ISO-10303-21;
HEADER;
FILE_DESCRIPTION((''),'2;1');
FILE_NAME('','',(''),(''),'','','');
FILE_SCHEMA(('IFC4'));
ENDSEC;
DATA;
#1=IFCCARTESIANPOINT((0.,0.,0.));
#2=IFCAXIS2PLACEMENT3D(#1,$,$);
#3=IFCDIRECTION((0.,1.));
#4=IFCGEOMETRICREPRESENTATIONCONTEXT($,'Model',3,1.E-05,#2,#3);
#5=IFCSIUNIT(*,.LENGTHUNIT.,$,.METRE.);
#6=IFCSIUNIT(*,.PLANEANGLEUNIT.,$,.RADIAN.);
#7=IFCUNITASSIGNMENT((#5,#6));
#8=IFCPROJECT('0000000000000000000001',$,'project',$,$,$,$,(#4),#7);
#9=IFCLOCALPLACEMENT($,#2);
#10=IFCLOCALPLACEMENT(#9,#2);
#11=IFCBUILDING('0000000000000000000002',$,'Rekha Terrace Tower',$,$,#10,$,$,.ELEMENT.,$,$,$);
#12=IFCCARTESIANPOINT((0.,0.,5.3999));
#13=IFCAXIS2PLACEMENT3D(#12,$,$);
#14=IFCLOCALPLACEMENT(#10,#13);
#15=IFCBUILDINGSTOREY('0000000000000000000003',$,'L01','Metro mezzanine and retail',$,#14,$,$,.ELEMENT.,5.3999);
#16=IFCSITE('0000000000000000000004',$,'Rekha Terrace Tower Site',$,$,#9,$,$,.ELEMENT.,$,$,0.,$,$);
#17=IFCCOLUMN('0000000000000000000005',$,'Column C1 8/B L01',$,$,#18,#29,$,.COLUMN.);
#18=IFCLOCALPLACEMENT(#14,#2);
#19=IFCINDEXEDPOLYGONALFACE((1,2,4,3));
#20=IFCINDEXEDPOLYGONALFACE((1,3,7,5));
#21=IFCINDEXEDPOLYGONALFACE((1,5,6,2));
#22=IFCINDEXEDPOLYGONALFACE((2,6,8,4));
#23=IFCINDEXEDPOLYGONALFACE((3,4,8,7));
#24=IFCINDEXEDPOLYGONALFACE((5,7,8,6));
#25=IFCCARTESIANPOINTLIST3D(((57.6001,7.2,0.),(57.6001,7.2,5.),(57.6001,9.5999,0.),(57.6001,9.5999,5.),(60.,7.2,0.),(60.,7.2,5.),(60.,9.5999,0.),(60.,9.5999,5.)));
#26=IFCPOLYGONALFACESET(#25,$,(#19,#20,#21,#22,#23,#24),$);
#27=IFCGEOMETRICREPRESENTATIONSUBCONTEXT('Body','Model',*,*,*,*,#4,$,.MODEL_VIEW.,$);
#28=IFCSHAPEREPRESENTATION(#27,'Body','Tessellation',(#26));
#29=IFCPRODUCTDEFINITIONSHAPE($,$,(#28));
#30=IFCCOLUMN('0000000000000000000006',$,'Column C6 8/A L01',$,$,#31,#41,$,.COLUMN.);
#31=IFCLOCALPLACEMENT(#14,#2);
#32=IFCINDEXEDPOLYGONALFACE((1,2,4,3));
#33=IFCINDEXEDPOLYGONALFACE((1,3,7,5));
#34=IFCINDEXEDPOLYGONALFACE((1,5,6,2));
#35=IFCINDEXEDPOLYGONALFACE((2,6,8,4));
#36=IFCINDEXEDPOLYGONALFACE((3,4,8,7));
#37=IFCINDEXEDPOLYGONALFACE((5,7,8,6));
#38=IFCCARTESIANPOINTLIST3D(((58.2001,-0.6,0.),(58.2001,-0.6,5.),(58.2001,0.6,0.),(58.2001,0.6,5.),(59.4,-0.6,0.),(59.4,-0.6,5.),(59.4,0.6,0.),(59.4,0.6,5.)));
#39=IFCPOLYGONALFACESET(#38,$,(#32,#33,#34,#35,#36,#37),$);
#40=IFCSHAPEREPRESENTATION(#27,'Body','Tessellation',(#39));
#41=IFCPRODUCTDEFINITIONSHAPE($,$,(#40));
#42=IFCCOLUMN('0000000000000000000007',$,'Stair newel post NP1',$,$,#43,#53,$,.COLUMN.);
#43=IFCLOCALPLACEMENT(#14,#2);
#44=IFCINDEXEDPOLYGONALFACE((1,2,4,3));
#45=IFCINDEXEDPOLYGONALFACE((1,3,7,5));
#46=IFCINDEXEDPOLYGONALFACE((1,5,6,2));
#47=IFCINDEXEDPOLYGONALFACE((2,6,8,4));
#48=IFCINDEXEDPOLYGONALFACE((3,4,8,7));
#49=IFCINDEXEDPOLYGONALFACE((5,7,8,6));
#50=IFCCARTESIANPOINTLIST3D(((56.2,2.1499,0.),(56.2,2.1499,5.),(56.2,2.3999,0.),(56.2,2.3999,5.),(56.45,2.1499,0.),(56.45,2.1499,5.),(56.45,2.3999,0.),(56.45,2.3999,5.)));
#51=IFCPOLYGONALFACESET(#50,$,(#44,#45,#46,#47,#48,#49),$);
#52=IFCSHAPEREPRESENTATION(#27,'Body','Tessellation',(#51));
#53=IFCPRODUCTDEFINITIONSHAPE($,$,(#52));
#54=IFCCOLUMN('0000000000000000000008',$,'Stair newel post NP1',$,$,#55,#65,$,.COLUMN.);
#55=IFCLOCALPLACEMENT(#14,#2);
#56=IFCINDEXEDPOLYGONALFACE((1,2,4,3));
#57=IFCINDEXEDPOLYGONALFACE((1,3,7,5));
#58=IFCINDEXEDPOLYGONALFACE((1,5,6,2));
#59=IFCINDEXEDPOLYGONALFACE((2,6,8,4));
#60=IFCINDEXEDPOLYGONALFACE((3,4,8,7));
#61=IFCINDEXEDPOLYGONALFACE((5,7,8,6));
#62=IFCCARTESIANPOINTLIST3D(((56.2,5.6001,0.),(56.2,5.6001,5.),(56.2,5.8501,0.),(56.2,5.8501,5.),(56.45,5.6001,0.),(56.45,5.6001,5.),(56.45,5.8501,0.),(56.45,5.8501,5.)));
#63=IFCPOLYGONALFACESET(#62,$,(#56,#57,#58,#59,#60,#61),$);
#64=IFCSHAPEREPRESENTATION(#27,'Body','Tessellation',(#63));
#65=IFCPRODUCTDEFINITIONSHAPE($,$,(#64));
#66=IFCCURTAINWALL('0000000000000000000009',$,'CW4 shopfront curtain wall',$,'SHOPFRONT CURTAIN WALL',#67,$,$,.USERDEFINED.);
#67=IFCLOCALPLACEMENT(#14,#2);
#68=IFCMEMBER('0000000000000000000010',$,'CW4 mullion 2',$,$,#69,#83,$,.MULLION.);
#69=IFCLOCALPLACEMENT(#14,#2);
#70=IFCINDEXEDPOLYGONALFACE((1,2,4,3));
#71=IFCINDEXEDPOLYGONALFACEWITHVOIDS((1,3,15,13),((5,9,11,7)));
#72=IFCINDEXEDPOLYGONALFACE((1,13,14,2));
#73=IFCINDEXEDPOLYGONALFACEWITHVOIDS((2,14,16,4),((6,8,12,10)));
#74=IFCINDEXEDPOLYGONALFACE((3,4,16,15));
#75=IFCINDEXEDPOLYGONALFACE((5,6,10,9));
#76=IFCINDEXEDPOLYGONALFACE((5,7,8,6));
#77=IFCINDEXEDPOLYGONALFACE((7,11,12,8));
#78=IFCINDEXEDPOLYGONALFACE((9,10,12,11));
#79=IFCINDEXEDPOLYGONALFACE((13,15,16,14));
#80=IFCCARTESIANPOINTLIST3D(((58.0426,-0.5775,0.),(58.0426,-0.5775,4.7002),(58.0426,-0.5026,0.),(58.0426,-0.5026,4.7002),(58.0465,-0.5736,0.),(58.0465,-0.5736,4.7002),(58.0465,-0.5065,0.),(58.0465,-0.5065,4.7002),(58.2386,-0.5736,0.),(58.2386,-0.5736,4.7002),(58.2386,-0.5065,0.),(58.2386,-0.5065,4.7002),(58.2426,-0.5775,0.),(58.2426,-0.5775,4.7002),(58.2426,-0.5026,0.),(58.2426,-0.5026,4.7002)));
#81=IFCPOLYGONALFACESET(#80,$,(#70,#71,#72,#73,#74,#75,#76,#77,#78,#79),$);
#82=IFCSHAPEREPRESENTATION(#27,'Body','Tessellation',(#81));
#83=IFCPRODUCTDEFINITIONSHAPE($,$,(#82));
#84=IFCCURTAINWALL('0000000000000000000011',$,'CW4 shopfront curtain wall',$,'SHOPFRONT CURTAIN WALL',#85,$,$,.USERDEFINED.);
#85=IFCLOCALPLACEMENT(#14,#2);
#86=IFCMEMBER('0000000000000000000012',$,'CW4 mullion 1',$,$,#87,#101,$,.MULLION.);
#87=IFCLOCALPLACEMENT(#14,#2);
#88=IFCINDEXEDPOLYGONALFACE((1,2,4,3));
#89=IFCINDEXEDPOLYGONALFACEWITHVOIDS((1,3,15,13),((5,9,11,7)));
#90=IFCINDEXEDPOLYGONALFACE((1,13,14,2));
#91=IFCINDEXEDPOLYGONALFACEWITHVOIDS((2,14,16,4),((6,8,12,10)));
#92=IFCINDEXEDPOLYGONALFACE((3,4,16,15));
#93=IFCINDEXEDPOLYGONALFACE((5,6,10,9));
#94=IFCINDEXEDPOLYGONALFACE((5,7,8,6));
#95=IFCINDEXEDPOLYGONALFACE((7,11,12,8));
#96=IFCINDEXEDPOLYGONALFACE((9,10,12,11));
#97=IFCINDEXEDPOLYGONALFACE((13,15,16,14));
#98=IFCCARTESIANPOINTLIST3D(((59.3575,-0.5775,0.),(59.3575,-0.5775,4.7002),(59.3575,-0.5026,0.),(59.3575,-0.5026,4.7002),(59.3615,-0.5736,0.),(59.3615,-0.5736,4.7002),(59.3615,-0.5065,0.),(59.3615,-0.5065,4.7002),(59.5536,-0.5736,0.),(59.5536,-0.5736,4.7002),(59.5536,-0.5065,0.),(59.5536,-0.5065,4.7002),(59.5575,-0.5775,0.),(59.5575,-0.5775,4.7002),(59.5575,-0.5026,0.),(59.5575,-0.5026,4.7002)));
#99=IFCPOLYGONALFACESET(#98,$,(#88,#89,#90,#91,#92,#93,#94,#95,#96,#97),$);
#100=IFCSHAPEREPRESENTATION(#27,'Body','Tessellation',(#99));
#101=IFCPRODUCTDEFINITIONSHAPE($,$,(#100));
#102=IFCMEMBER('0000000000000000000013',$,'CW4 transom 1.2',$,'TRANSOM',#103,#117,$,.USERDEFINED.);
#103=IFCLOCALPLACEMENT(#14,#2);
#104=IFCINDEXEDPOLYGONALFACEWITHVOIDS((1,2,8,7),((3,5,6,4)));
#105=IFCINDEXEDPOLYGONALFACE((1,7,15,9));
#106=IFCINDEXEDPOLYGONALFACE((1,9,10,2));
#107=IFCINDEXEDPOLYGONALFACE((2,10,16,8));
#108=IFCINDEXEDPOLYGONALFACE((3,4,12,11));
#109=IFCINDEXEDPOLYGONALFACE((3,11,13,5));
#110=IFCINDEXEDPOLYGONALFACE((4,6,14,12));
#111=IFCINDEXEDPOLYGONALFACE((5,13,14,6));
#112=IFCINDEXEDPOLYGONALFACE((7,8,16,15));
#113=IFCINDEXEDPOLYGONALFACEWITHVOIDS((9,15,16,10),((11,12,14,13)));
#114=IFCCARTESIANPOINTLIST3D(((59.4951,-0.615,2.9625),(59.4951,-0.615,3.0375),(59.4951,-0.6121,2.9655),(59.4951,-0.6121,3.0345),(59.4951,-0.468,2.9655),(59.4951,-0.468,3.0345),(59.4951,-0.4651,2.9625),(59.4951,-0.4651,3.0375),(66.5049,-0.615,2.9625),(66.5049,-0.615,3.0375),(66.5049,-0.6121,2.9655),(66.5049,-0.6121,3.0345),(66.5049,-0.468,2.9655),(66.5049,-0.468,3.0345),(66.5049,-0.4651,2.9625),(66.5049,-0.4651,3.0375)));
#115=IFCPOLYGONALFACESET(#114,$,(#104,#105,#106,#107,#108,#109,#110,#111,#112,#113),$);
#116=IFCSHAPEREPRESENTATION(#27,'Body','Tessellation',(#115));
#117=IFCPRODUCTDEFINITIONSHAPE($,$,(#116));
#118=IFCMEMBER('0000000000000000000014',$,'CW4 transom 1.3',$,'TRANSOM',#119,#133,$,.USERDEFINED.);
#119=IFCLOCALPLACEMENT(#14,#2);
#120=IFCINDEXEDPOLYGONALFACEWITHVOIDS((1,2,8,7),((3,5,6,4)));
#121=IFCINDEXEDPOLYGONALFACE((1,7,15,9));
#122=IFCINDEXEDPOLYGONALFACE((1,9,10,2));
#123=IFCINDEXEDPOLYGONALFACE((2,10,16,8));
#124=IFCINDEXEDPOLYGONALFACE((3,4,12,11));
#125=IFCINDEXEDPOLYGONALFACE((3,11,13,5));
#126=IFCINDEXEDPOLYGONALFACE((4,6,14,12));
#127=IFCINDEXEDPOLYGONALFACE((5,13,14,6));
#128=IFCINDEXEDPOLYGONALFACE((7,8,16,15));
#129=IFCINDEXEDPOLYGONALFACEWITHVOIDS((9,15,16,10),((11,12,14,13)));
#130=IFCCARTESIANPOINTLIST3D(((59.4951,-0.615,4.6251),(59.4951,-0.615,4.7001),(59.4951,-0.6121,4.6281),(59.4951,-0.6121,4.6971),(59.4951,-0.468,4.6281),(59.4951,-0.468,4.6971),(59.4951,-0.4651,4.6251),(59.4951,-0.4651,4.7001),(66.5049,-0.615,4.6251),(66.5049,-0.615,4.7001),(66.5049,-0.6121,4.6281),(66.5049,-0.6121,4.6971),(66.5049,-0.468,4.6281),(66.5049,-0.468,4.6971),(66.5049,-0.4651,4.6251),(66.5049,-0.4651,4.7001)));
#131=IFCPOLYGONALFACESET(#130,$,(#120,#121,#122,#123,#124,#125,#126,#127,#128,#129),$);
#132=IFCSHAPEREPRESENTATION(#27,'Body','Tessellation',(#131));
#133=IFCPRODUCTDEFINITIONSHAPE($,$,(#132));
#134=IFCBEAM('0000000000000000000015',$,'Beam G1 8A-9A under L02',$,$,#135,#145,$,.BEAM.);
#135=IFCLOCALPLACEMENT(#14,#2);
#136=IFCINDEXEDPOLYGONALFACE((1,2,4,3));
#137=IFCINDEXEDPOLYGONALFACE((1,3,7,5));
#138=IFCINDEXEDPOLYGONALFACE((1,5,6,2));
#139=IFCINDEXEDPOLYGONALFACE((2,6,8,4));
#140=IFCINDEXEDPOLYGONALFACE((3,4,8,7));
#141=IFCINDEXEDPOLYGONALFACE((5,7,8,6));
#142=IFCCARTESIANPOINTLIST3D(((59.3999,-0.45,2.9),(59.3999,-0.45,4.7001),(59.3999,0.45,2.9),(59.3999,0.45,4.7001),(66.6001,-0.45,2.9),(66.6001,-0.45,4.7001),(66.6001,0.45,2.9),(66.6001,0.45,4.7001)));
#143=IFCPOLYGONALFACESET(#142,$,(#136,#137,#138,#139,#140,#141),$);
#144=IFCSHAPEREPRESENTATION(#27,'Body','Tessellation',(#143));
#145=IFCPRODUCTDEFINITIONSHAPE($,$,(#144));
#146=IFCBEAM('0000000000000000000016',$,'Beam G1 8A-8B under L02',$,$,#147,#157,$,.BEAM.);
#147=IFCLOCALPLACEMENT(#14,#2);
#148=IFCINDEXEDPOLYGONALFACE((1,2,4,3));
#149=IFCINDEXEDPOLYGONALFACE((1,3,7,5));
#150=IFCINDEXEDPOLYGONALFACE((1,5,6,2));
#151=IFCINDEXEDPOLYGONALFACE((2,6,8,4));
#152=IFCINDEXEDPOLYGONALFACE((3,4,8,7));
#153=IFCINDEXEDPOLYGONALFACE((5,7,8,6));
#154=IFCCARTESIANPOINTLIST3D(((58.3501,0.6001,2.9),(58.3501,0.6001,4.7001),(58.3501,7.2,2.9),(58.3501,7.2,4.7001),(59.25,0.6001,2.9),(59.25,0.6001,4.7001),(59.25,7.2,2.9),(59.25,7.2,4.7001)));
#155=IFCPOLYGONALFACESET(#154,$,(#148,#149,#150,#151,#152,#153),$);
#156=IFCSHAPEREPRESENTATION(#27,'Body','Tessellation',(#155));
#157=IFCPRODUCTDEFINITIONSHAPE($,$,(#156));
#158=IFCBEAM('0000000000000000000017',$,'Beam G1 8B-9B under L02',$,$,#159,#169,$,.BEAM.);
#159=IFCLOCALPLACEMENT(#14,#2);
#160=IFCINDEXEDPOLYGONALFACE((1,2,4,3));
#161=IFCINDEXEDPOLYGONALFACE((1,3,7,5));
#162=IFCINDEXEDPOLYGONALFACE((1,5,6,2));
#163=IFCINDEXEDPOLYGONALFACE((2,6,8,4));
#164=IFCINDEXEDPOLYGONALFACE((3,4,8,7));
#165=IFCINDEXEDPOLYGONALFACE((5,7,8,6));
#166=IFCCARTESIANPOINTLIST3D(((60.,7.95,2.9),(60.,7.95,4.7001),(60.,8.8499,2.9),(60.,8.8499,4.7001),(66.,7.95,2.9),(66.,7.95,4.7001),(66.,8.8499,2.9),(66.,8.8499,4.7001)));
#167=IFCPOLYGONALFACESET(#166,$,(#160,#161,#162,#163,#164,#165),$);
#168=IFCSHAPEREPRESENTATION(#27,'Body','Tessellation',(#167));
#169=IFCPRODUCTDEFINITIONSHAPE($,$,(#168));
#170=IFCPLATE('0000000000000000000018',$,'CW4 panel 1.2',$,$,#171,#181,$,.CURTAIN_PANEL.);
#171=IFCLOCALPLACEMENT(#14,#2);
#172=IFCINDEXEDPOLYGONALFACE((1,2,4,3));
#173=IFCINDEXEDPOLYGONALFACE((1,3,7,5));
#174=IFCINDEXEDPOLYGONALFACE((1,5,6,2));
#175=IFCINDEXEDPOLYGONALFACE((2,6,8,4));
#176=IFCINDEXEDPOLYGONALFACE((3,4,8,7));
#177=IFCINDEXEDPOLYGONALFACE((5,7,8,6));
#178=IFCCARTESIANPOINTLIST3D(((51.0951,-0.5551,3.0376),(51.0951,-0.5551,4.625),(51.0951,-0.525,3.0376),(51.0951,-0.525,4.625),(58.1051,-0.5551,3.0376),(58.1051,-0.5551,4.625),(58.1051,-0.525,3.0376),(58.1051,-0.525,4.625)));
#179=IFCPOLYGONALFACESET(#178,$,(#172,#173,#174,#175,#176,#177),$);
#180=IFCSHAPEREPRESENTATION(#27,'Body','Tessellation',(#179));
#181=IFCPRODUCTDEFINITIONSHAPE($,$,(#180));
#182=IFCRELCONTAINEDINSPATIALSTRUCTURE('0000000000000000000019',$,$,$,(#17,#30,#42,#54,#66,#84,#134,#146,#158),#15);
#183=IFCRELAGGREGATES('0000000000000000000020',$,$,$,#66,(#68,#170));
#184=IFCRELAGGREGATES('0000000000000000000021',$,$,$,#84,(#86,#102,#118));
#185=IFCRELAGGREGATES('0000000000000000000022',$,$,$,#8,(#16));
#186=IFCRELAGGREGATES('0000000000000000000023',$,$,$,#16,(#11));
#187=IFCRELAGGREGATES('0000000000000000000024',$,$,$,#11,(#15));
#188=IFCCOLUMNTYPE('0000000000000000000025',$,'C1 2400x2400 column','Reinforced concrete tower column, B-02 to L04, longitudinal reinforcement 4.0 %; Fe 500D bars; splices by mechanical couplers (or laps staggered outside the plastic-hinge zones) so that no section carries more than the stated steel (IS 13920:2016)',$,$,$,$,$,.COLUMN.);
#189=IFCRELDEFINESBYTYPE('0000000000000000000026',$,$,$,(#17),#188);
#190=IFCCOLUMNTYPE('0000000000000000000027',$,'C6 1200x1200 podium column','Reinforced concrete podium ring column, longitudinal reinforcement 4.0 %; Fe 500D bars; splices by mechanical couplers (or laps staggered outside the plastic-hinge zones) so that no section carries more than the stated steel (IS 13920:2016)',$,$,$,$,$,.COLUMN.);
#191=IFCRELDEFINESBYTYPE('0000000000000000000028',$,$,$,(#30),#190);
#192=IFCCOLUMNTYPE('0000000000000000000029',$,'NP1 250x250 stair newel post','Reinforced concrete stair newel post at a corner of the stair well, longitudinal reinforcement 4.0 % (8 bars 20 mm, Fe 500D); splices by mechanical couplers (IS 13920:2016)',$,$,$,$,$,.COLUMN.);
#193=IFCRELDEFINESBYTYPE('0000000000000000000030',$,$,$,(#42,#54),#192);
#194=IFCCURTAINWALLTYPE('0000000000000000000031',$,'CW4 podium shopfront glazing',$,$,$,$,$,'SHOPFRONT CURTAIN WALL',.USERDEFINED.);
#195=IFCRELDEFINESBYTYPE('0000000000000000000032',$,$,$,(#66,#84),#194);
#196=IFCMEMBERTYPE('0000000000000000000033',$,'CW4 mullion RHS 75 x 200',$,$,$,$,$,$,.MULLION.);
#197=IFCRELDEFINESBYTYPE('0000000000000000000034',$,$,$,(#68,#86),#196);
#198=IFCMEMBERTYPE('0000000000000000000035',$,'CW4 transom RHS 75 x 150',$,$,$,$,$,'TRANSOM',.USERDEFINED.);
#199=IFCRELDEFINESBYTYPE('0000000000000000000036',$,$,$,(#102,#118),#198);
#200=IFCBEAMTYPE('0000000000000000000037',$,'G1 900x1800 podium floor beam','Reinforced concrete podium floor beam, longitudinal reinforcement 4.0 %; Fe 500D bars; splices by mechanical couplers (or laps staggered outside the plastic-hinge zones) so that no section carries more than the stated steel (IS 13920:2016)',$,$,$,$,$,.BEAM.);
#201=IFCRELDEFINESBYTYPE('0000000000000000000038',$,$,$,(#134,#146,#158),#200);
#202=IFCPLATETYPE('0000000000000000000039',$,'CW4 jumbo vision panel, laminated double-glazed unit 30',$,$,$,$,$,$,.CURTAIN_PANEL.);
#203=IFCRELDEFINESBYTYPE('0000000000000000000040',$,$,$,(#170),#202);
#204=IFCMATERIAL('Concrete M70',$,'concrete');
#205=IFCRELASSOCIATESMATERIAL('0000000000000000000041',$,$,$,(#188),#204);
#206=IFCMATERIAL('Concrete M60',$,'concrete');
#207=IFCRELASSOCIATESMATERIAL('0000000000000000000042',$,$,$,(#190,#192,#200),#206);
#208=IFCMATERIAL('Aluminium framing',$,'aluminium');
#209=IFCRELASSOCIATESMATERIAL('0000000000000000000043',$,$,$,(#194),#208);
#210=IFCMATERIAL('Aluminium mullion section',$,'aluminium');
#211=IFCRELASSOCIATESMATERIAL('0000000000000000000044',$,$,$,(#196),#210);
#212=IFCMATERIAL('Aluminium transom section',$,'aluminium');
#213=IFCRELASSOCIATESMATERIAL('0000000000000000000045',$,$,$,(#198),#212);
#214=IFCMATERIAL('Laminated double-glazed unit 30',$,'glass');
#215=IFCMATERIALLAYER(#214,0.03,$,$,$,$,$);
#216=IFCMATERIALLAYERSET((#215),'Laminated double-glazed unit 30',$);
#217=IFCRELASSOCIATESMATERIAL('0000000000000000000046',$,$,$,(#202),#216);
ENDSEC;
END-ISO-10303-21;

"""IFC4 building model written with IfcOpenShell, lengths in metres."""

from ifc_helpers import new_model, si_unit, direction, frame, origin, origin_2d, place, context, subcontext, project, spatial, rectangle, hollow_rectangle, extrude, material, layer, layer_set, material_profile, profile_set, type_object, element, aggregate, save


model = new_model("IFC4")

# Units and contexts
model_context = context("Model", 3, precision=1e-05, world=origin(), true_north=direction((0.0, 1.0)))
body_context = subcontext(model_context, "Body", "Model", "MODEL_VIEW")
ifc_project = project(units=[si_unit("LENGTHUNIT", "METRE"), si_unit("PLANEANGLEUNIT", "RADIAN")], contexts=[model_context])

# Site, building, storey
site_placement = place(None, origin())
site = spatial("IfcSite", under=ifc_project, at=site_placement, Name="Rekha Terrace Tower Site", CompositionType="ELEMENT", RefElevation=0.0)
building_placement = place(site_placement, origin())
building = spatial("IfcBuilding", under=site, at=building_placement, Name="Rekha Terrace Tower", CompositionType="ELEMENT")
storey_placement = place(building_placement, frame((0.0, 0.0, 5.3999)))
storey = spatial("IfcBuildingStorey", under=building, at=storey_placement, Name="L01", Description="Metro mezzanine and retail", CompositionType="ELEMENT", Elevation=5.3999)

# Columns
ifc_material_1 = material(Name="Concrete M70", Category="concrete")
ifc_material_profile_1 = material_profile(ifc_material_1, rectangle(XDim=2.3999, YDim=2.3999, at=origin_2d()), Name="RC 2400x2400")
ifc_profile_set_1 = profile_set([ifc_material_profile_1], Name="Concrete M70")
column_type_1 = type_object("IfcColumnType", Name="C1 2400x2400 column", Description="Reinforced concrete tower column, B-02 to L04, longitudinal reinforcement 4.0 %; Fe 500D bars; splices by mechanical couplers (or laps staggered outside the plastic-hinge zones) so that no section carries more than the stated steel (IS 13920:2016)", PredefinedType="COLUMN", material=ifc_profile_set_1)
column_1_placement = place(storey_placement, frame((58.8, 8.3999, 0.0), z_axis=(0.0, 0.0, 1.0), x_axis=(1.0, 0.0, 0.0)))
element("IfcColumn", 1, at=column_1_placement, inside=storey, type_object=column_type_1, Name="Column C1 8/B L01", PredefinedType="COLUMN", context=body_context, shape_type="SweptSolid", body=[
    extrude(rectangle(XDim=2.3999, YDim=2.3999, at=origin_2d()), origin(), (0.0, 0.0, 1.0), 5.0),
])
ifc_material_2 = material(Name="Concrete M60", Category="concrete")
ifc_material_profile_2 = material_profile(ifc_material_2, rectangle(XDim=1.2, YDim=1.2, at=origin_2d()), Name="RC 1200x1200")
ifc_profile_set_2 = profile_set([ifc_material_profile_2], Name="Concrete M60")
column_type_2 = type_object("IfcColumnType", Name="C6 1200x1200 podium column", Description="Reinforced concrete podium ring column, longitudinal reinforcement 4.0 %; Fe 500D bars; splices by mechanical couplers (or laps staggered outside the plastic-hinge zones) so that no section carries more than the stated steel (IS 13920:2016)", PredefinedType="COLUMN", material=ifc_profile_set_2)
column_2_placement = place(storey_placement, frame((58.8, 0.0, 0.0), z_axis=(0.0, 0.0, 1.0), x_axis=(1.0, 0.0, 0.0)))
element("IfcColumn", 2, at=column_2_placement, inside=storey, type_object=column_type_2, Name="Column C6 8/A L01", PredefinedType="COLUMN", context=body_context, shape_type="SweptSolid", body=[
    extrude(rectangle(XDim=1.2, YDim=1.2, at=origin_2d()), origin(), (0.0, 0.0, 1.0), 5.0),
])
ifc_material_profile_3 = material_profile(ifc_material_2, rectangle(XDim=0.25, YDim=0.25, at=origin_2d()), Name="RC 250x250")
ifc_profile_set_3 = profile_set([ifc_material_profile_3], Name="Concrete M60")
column_type_3 = type_object("IfcColumnType", Name="NP1 250x250 stair newel post", Description="Reinforced concrete stair newel post at a corner of the stair well, longitudinal reinforcement 4.0 % (8 bars 20 mm, Fe 500D); splices by mechanical couplers (IS 13920:2016)", PredefinedType="COLUMN", material=ifc_profile_set_3)
for number, where, z_axis, x_axis, name in (
    (3, (56.325, 2.2749, 0.0), (0.0, 0.0, 1.0), (1.0, 0.0, 0.0), "Stair newel post NP1"),
    (4, (56.325, 5.7251, 0.0), (0.0, 0.0, 1.0), (1.0, 0.0, 0.0), "Stair newel post NP1"),
):
    element("IfcColumn", number, at=place(storey_placement, frame(where, z_axis=z_axis, x_axis=x_axis)), inside=storey, type_object=column_type_3, Name=name, PredefinedType="COLUMN", context=body_context, shape_type="SweptSolid", body=[
        extrude(rectangle(XDim=0.25, YDim=0.25, at=origin_2d()), origin(), (0.0, 0.0, 1.0), 5.0),
    ])

# Curtain wall, member
ifc_material_3 = material(Name="Aluminium framing", Category="aluminium")
curtain_wall_type = type_object("IfcCurtainWallType", Name="CW4 podium shopfront glazing", ElementType="SHOPFRONT CURTAIN WALL", PredefinedType="USERDEFINED", material=ifc_material_3)
curtain_wall_1_placement = place(storey_placement, origin())
curtain_wall_1 = element("IfcCurtainWall", 5, at=curtain_wall_1_placement, inside=storey, type_object=curtain_wall_type, Name="CW4 shopfront curtain wall", ObjectType="SHOPFRONT CURTAIN WALL", PredefinedType="USERDEFINED")
ifc_material_4 = material(Name="Aluminium mullion section", Category="aluminium")
ifc_material_profile_4 = material_profile(ifc_material_4, hollow_rectangle(XDim=0.075, YDim=0.2, WallThickness=0.0039, at=origin_2d()), Name="AL RHS 75x200")
ifc_profile_set_4 = profile_set([ifc_material_profile_4], Name="Aluminium mullion section")
member_type_1 = type_object("IfcMemberType", Name="CW4 mullion RHS 75 x 200", PredefinedType="MULLION", material=ifc_profile_set_4)
member_1_placement = place(storey_placement, frame((58.1426, -0.54, 0.0), z_axis=(0.0, 0.0, 1.0), x_axis=(0.0, 1.0, 0.0)))
member_1 = element("IfcMember", 6, at=member_1_placement, type_object=member_type_1, Name="CW4 mullion 2", PredefinedType="MULLION", context=body_context, shape_type="SweptSolid", body=[
    extrude(hollow_rectangle(XDim=0.075, YDim=0.2, WallThickness=0.0039, at=origin_2d()), origin(), (0.0, 0.0, 1.0), 4.7002),
])

# Curtain wall, members
curtain_wall_2_placement = place(storey_placement, origin())
curtain_wall_2 = element("IfcCurtainWall", 7, at=curtain_wall_2_placement, inside=storey, type_object=curtain_wall_type, Name="CW4 shopfront curtain wall", ObjectType="SHOPFRONT CURTAIN WALL", PredefinedType="USERDEFINED")
member_2_placement = place(storey_placement, frame((59.4575, -0.54, 0.0), z_axis=(0.0, 0.0, 1.0), x_axis=(0.0, 1.0, 0.0)))
member_2 = element("IfcMember", 8, at=member_2_placement, type_object=member_type_1, Name="CW4 mullion 1", PredefinedType="MULLION", context=body_context, shape_type="SweptSolid", body=[
    extrude(hollow_rectangle(XDim=0.075, YDim=0.2, WallThickness=0.0039, at=origin_2d()), origin(), (0.0, 0.0, 1.0), 4.7002),
])
ifc_material_5 = material(Name="Aluminium transom section", Category="aluminium")
ifc_material_profile_5 = material_profile(ifc_material_5, hollow_rectangle(XDim=0.1499, YDim=0.075, WallThickness=0.0029, at=origin_2d()), Name="AL RHS 150x75")
ifc_profile_set_5 = profile_set([ifc_material_profile_5], Name="Aluminium transom section")
member_type_2 = type_object("IfcMemberType", Name="CW4 transom RHS 75 x 150", ElementType="TRANSOM", PredefinedType="USERDEFINED", material=ifc_profile_set_5)
member_3_placement = place(storey_placement, frame((59.4951, -0.54, 3.0), z_axis=(1.0, 0.0, 0.0), x_axis=(0.0, 1.0, 0.0)))
member_3 = element("IfcMember", 9, at=member_3_placement, type_object=member_type_2, Name="CW4 transom 1.2", ObjectType="TRANSOM", PredefinedType="USERDEFINED", context=body_context, shape_type="SweptSolid", body=[
    extrude(hollow_rectangle(XDim=0.1499, YDim=0.075, WallThickness=0.0029, at=origin_2d()), origin(), (0.0, 0.0, 1.0), 7.0098),
])
member_4_placement = place(storey_placement, frame((59.4951, -0.54, 4.6626), z_axis=(1.0, 0.0, 0.0), x_axis=(0.0, 1.0, 0.0)))
member_4 = element("IfcMember", 10, at=member_4_placement, type_object=member_type_2, Name="CW4 transom 1.3", ObjectType="TRANSOM", PredefinedType="USERDEFINED", context=body_context, shape_type="SweptSolid", body=[
    extrude(hollow_rectangle(XDim=0.1499, YDim=0.075, WallThickness=0.0029, at=origin_2d()), origin(), (0.0, 0.0, 1.0), 7.0098),
])

# Beams
ifc_material_profile_6 = material_profile(ifc_material_2, rectangle(XDim=0.8999, YDim=1.8, at=origin_2d()), Name="RC 900x1800")
ifc_profile_set_6 = profile_set([ifc_material_profile_6], Name="Concrete M60")
beam_type = type_object("IfcBeamType", Name="G1 900x1800 podium floor beam", Description="Reinforced concrete podium floor beam, longitudinal reinforcement 4.0 %; Fe 500D bars; splices by mechanical couplers (or laps staggered outside the plastic-hinge zones) so that no section carries more than the stated steel (IS 13920:2016)", PredefinedType="BEAM", material=ifc_profile_set_6)
beam_1_placement = place(storey_placement, frame((59.3999, 0.0, 3.8), z_axis=(1.0, 0.0, 0.0), x_axis=(0.0, 1.0, 0.0)))
element("IfcBeam", 11, at=beam_1_placement, inside=storey, type_object=beam_type, Name="Beam G1 8A-9A under L02", PredefinedType="BEAM", context=body_context, shape_type="SweptSolid", body=[
    extrude(rectangle(XDim=0.8999, YDim=1.8, at=origin_2d()), origin(), (0.0, 0.0, 1.0), 7.2002),
])
beam_2_placement = place(storey_placement, frame((58.8, 0.6001, 3.8), z_axis=(0.0, 1.0, 0.0), x_axis=(-1.0, 0.0, 0.0)))
element("IfcBeam", 12, at=beam_2_placement, inside=storey, type_object=beam_type, Name="Beam G1 8A-8B under L02", PredefinedType="BEAM", context=body_context, shape_type="SweptSolid", body=[
    extrude(rectangle(XDim=0.8999, YDim=1.8, at=origin_2d()), origin(), (0.0, 0.0, 1.0), 6.5999),
])
beam_3_placement = place(storey_placement, frame((60.0, 8.3999, 3.8), z_axis=(1.0, 0.0, 0.0), x_axis=(0.0, 1.0, 0.0)))
element("IfcBeam", 13, at=beam_3_placement, inside=storey, type_object=beam_type, Name="Beam G1 8B-9B under L02", PredefinedType="BEAM", context=body_context, shape_type="SweptSolid", body=[
    extrude(rectangle(XDim=0.8999, YDim=1.8, at=origin_2d()), origin(), (0.0, 0.0, 1.0), 6.0),
])

# Plate
ifc_material_6 = material(Name="Laminated double-glazed unit 30", Category="glass")
ifc_layer_1 = layer(ifc_material_6, 0.03)
ifc_layer_set_1 = layer_set([ifc_layer_1], Name="Laminated double-glazed unit 30")
plate_type = type_object("IfcPlateType", Name="CW4 jumbo vision panel, laminated double-glazed unit 30", PredefinedType="CURTAIN_PANEL", material=ifc_layer_set_1)
plate_1_placement = place(storey_placement, frame((54.6001, -0.54, 3.0376), z_axis=(0.0, 0.0, 1.0), x_axis=(1.0, 0.0, 0.0)))
plate_1 = element("IfcPlate", 14, at=plate_1_placement, type_object=plate_type, Name="CW4 panel 1.2", PredefinedType="CURTAIN_PANEL", context=body_context, shape_type="SweptSolid", body=[
    extrude(rectangle(XDim=7.01, YDim=0.03, at=origin_2d()), origin(), (0.0, 0.0, 1.0), 1.5874),
])
aggregate(curtain_wall_1, [member_1, plate_1])
aggregate(curtain_wall_2, [member_2, member_3, member_4])

save(model, "model.ifc")
